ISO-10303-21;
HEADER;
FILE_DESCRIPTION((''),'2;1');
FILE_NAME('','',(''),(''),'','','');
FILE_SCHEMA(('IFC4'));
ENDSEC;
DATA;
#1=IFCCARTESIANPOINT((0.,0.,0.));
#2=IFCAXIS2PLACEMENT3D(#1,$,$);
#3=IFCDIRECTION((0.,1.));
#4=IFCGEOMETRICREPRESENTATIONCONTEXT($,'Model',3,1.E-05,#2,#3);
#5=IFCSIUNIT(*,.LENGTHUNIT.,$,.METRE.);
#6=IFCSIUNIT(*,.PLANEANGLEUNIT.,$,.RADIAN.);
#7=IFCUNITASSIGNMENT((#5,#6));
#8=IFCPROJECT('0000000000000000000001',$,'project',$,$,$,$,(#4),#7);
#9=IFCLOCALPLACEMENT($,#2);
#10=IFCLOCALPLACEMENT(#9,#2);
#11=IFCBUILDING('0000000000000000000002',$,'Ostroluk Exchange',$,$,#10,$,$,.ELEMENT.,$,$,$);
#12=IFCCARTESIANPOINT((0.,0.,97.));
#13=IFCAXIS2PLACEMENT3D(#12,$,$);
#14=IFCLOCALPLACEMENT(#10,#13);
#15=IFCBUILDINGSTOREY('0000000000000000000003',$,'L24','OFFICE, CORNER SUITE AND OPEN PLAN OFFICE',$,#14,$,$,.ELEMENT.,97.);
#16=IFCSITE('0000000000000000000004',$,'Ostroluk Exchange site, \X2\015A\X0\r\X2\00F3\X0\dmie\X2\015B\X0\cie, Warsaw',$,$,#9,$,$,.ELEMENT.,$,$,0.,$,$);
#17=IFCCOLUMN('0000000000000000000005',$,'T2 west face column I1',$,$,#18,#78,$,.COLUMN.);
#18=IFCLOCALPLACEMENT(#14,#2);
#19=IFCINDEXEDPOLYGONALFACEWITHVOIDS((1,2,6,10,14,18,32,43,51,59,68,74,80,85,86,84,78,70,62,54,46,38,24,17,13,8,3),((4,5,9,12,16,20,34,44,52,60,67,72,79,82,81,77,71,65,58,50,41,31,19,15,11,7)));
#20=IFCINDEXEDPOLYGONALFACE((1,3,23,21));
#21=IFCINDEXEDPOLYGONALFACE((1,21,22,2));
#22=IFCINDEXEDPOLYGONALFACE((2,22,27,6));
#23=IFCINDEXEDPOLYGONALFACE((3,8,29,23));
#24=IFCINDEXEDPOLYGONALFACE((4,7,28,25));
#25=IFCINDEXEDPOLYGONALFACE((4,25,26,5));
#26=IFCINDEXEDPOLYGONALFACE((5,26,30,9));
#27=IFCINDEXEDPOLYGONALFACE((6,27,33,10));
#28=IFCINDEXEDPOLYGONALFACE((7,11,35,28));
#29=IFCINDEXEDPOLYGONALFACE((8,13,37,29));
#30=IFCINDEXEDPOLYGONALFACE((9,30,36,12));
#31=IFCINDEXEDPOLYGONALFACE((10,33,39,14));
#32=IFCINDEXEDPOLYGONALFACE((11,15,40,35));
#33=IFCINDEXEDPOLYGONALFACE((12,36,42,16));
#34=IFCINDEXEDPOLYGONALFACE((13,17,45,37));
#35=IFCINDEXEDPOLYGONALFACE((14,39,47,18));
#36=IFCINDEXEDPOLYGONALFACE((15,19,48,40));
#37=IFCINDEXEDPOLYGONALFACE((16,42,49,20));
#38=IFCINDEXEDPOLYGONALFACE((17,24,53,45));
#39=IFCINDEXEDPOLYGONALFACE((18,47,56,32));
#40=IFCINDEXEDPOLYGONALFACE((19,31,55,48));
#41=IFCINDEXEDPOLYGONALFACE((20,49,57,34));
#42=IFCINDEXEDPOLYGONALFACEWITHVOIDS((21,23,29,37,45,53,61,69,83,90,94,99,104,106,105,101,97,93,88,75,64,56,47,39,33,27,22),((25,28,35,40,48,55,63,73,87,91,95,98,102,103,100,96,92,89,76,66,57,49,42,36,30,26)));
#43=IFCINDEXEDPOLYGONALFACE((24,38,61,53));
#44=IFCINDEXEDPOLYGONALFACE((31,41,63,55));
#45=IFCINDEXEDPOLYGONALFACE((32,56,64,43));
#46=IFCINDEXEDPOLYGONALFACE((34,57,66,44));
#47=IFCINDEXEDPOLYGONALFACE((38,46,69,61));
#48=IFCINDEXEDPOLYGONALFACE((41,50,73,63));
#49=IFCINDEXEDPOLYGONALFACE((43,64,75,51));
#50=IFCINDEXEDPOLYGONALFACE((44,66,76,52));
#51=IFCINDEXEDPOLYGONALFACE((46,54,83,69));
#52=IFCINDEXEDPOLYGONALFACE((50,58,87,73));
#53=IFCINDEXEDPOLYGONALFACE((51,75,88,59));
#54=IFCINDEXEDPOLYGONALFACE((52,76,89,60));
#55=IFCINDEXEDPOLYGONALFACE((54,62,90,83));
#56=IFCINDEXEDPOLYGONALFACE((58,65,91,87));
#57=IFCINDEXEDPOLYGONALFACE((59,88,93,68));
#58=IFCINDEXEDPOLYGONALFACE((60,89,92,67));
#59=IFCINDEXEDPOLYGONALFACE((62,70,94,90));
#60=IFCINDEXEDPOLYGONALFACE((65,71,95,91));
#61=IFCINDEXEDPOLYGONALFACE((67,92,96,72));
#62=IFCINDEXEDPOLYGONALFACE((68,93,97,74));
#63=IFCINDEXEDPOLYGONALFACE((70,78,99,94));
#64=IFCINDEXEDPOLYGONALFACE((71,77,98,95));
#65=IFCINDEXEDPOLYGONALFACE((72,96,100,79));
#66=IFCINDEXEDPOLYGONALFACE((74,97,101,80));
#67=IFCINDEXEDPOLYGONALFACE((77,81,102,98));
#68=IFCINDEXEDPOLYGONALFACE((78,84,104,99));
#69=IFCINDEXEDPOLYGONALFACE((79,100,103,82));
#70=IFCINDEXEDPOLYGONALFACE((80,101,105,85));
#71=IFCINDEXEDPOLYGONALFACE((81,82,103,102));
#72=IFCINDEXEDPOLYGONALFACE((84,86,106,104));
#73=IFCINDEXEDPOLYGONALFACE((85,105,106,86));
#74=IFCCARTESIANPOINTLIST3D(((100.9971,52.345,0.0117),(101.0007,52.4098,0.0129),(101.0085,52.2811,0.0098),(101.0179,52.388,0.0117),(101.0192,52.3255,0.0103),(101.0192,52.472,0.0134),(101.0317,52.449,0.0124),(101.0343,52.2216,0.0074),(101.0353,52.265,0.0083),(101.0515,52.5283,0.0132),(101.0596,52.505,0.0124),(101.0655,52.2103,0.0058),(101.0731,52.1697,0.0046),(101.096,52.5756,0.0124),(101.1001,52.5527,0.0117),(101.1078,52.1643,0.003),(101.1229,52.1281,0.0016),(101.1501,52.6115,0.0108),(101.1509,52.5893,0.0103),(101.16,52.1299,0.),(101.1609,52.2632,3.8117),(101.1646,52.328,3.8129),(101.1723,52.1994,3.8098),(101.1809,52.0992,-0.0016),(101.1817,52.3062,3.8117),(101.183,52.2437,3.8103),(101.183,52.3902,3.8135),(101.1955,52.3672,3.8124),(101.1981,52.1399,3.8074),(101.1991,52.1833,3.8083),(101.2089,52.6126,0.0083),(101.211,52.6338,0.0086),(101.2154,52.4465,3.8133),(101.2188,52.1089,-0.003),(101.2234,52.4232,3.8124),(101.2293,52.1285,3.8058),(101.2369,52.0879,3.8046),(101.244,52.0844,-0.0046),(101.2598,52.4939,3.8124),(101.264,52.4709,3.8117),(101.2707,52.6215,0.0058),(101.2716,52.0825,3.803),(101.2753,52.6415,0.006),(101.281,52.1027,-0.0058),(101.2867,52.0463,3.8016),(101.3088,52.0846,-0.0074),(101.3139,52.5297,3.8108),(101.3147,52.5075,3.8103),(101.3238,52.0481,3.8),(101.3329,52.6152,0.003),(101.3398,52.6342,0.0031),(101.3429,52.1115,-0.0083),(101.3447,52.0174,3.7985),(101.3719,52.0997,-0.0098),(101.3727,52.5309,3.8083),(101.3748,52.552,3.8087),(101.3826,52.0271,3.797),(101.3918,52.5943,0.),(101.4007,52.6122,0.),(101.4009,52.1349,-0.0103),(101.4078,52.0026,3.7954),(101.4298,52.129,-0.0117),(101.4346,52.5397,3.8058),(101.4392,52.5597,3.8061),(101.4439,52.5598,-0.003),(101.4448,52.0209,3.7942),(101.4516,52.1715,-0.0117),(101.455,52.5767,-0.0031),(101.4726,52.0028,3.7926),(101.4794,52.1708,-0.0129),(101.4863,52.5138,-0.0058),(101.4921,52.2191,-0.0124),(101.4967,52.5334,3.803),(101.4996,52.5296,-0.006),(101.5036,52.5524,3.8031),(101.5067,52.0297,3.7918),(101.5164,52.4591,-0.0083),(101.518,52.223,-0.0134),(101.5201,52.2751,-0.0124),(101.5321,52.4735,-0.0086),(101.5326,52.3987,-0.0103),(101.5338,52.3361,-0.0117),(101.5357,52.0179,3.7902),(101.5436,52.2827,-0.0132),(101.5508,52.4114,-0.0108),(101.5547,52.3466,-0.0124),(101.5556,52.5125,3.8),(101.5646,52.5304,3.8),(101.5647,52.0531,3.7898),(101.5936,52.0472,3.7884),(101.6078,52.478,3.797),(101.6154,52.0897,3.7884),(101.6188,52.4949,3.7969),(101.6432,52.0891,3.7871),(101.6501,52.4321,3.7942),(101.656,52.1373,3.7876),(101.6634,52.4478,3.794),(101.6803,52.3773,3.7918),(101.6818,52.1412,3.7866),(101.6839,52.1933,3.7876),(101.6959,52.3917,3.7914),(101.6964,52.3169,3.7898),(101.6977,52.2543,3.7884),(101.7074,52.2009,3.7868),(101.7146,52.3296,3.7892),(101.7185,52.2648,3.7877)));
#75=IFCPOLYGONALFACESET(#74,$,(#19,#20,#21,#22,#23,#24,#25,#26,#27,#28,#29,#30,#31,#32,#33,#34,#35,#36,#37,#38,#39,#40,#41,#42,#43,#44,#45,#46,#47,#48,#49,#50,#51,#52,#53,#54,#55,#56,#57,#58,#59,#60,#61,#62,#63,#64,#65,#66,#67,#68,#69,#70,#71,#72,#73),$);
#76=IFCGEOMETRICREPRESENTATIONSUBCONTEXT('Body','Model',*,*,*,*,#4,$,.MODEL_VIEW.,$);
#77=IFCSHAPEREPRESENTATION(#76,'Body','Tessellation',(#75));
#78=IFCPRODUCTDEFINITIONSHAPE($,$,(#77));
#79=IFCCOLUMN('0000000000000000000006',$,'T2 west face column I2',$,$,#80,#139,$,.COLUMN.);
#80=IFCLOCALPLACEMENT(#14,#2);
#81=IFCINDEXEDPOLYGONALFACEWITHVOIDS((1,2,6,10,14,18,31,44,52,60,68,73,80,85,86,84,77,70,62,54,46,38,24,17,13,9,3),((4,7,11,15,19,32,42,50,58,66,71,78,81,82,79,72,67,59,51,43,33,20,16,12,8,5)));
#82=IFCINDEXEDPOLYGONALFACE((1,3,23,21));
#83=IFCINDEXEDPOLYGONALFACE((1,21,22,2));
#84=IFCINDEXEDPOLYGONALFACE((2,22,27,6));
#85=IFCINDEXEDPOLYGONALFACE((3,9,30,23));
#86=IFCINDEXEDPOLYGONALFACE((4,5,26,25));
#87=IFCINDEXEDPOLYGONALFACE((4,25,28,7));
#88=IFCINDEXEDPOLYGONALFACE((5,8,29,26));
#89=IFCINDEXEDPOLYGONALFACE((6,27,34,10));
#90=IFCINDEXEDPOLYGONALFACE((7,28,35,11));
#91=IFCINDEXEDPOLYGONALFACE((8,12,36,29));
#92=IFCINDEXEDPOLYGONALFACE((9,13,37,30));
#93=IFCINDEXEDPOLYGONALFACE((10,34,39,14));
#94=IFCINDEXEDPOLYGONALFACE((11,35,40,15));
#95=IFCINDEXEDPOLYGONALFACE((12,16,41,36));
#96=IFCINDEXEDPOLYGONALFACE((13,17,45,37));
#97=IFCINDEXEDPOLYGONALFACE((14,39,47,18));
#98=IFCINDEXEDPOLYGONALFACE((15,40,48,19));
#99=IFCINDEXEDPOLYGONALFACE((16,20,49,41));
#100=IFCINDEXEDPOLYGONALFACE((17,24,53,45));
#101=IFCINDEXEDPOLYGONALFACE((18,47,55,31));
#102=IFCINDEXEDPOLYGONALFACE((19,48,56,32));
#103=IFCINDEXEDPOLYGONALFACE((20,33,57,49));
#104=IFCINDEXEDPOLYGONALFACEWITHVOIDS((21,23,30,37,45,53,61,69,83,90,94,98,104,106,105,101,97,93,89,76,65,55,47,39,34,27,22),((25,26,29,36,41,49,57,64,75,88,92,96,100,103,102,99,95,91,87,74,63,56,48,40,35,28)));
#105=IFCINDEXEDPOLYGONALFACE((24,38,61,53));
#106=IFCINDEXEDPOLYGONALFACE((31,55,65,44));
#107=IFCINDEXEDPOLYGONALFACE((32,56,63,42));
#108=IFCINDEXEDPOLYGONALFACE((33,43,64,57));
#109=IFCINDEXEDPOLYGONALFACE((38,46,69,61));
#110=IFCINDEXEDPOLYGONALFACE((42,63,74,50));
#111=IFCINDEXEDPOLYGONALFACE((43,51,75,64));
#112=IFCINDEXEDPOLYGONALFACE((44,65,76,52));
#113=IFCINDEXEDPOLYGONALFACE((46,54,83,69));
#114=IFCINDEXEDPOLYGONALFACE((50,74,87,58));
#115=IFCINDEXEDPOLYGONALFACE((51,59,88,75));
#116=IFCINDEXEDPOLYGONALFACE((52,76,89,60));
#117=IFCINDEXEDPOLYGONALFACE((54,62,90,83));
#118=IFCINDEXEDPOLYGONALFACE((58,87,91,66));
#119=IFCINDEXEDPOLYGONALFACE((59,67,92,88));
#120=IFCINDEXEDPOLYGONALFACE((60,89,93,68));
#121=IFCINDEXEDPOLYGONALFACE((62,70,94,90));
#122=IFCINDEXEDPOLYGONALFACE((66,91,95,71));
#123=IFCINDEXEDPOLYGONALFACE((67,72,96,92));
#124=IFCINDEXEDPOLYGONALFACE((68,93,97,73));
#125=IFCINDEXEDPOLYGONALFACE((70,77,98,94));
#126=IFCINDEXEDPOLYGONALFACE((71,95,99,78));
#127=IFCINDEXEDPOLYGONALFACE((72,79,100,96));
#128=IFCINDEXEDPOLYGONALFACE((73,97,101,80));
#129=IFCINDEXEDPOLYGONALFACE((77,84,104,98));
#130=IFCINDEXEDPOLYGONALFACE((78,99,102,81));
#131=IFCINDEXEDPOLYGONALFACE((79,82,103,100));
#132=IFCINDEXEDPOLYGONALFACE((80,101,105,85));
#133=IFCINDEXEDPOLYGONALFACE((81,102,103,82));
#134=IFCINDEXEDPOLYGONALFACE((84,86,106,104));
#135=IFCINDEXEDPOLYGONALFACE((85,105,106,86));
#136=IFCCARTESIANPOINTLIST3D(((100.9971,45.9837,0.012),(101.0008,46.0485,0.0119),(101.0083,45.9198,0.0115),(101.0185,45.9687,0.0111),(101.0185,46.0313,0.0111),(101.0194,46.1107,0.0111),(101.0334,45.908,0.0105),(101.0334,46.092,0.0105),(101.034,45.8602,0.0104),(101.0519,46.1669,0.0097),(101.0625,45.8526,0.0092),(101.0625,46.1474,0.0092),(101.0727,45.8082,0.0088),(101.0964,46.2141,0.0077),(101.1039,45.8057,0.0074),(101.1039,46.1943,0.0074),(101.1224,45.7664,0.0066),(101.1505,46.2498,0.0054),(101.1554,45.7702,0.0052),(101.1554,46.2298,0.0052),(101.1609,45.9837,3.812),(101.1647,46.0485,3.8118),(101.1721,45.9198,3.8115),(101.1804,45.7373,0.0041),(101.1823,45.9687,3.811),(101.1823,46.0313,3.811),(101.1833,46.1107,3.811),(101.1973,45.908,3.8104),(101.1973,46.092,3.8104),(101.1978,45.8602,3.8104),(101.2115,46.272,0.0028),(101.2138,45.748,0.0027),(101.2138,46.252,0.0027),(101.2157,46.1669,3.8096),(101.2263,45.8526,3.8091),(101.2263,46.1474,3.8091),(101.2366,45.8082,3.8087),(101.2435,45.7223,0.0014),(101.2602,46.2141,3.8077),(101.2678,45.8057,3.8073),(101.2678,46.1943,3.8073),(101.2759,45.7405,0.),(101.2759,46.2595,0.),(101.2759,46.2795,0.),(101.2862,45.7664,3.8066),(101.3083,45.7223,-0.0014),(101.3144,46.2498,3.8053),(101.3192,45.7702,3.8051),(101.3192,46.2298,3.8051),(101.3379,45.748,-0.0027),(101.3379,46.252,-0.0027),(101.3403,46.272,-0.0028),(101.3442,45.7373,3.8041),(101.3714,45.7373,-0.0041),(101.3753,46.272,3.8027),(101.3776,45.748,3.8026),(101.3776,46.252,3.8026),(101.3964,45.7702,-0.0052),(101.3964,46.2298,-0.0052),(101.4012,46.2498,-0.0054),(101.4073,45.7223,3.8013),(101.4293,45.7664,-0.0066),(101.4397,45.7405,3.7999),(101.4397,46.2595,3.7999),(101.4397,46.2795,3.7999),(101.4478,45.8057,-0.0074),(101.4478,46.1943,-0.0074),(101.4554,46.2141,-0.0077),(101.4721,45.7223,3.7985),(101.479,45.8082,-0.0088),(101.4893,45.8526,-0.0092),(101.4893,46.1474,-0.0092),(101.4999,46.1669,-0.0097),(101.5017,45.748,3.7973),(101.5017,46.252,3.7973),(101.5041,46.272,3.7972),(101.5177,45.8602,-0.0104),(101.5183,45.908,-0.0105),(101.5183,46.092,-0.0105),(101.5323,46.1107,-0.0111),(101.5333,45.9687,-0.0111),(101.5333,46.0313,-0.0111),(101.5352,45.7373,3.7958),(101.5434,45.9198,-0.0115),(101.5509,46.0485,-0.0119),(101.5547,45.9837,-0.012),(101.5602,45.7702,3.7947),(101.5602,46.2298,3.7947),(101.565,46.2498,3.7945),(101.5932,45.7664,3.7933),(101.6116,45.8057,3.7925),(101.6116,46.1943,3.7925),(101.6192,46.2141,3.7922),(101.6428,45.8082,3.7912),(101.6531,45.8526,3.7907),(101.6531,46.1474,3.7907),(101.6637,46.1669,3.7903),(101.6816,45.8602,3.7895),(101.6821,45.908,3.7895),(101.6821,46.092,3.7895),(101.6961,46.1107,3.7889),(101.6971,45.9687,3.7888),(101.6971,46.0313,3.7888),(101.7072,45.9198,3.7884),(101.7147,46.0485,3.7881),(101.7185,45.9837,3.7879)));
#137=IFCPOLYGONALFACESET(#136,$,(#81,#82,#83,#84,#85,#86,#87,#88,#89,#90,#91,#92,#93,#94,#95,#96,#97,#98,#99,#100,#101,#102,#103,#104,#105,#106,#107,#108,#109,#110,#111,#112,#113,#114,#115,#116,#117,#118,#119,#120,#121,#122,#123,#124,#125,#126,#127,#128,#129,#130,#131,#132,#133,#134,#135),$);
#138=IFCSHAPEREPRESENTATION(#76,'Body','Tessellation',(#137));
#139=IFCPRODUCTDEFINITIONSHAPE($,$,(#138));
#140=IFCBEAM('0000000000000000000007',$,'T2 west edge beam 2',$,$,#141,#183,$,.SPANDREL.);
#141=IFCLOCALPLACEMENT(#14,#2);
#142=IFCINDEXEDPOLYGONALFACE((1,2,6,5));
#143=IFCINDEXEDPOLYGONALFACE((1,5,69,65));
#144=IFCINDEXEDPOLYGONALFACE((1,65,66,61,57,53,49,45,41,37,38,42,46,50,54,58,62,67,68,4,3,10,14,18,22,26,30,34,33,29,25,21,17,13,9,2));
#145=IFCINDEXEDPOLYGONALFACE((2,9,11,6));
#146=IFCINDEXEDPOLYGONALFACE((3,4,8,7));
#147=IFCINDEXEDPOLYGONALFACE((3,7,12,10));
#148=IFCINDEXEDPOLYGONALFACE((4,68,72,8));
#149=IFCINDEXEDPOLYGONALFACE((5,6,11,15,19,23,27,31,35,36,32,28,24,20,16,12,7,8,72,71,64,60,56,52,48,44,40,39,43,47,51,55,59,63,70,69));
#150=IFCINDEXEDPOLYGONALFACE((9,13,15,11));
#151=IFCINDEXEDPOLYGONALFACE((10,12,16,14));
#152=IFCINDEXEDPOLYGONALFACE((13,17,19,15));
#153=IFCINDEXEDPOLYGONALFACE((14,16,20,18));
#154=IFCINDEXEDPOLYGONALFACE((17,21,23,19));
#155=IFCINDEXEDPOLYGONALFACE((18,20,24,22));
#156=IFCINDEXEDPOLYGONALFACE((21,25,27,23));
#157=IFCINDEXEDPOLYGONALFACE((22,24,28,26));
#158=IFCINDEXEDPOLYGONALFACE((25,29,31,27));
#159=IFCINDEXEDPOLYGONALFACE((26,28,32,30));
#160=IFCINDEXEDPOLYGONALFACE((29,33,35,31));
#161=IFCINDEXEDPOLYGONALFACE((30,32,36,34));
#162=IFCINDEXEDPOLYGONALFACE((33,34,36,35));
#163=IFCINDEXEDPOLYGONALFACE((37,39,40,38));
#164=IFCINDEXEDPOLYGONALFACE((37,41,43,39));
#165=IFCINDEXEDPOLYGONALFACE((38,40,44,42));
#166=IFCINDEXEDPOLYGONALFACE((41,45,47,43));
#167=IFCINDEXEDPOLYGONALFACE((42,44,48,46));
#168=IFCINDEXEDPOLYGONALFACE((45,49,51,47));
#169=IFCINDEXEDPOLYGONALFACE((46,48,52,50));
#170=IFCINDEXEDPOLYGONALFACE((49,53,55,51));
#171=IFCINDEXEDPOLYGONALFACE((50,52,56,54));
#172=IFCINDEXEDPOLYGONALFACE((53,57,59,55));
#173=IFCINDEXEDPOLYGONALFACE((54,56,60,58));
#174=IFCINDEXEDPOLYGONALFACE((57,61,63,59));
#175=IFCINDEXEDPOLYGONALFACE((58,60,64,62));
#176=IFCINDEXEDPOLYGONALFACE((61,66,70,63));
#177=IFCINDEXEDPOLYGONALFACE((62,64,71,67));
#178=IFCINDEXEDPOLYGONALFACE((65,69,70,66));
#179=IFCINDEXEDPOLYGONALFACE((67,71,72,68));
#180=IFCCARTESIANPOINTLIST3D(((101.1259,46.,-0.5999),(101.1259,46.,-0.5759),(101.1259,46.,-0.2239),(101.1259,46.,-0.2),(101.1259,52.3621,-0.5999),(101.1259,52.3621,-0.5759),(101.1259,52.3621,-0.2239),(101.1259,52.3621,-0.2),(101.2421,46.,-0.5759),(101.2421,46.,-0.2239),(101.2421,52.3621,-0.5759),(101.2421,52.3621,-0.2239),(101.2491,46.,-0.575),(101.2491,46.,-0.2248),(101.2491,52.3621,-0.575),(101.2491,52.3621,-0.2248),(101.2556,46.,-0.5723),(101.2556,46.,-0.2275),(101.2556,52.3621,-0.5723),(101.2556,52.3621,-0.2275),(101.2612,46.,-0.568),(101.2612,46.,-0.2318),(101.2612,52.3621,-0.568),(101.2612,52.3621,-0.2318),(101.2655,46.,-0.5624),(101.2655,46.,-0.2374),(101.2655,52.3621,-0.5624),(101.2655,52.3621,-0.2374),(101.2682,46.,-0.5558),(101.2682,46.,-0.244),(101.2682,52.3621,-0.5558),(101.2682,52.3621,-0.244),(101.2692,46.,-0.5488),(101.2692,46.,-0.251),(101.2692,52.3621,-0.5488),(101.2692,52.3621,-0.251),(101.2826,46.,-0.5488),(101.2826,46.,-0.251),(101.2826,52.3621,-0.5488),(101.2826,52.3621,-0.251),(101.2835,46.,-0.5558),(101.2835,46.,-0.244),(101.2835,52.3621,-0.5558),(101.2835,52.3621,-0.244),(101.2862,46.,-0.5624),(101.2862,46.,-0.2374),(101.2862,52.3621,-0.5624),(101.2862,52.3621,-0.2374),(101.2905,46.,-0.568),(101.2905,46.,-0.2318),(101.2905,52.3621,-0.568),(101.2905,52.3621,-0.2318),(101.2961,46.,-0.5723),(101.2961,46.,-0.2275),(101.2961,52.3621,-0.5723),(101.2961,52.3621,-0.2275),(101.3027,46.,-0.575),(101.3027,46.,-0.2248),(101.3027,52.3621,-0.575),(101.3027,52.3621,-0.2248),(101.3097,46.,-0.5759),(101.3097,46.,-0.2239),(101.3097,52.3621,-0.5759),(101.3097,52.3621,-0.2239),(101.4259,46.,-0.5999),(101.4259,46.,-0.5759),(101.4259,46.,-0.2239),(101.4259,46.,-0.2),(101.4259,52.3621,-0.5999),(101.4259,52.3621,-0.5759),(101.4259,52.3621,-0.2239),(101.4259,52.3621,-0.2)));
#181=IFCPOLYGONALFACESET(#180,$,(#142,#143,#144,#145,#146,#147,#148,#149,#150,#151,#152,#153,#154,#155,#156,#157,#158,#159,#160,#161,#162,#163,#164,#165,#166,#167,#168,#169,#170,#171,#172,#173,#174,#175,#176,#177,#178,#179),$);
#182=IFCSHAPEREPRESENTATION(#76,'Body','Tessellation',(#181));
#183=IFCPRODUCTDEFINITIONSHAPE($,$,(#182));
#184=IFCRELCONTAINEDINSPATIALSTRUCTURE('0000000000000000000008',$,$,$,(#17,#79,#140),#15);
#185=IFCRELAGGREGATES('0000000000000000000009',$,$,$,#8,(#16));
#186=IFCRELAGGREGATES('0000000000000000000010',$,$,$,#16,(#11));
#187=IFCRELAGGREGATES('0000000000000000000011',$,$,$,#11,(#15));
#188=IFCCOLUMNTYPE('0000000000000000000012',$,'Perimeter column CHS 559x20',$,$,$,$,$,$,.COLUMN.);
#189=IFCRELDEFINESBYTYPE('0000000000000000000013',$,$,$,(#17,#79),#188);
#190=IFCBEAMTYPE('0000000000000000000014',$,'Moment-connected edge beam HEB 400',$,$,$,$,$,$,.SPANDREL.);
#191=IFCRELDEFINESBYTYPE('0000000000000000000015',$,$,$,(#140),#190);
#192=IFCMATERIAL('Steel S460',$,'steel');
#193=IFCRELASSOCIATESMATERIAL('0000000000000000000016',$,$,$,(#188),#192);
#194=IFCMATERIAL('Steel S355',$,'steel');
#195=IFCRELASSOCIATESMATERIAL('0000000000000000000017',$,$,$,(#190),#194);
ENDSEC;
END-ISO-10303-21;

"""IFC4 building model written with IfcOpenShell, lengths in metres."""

from ifc_helpers import new_model, si_unit, direction, frame, origin, origin_2d, place, context, subcontext, project, spatial, hollow_circle, i_section, extrude, material, material_profile, profile_set, type_object, element, save


model = new_model("IFC4")

# Units and contexts
model_context = context("Model", 3, precision=1e-05, world=origin(), true_north=direction((0.0, 1.0)))
body_context = subcontext(model_context, "Body", "Model", "MODEL_VIEW")
ifc_project = project(units=[si_unit("LENGTHUNIT", "METRE"), si_unit("PLANEANGLEUNIT", "RADIAN")], contexts=[model_context])

# Site, building, storey
site_placement = place(None, origin())
site = spatial("IfcSite", under=ifc_project, at=site_placement, Name="Ostroluk Exchange site, Śródmieście, Warsaw", CompositionType="ELEMENT", RefElevation=0.0)
building_placement = place(site_placement, origin())
building = spatial("IfcBuilding", under=site, at=building_placement, Name="Ostroluk Exchange", CompositionType="ELEMENT")
storey_placement = place(building_placement, frame((0.0, 0.0, 97.0)))
storey = spatial("IfcBuildingStorey", under=building, at=storey_placement, Name="L24", Description="OFFICE, CORNER SUITE AND OPEN PLAN OFFICE", CompositionType="ELEMENT", Elevation=97.0)

# Columns
ifc_material_1 = material(Name="Steel S460", Category="steel")
ifc_material_profile_1 = material_profile(ifc_material_1, hollow_circle(Radius=0.2795, WallThickness=0.02, at=origin_2d()), Name="CHS 559x20")
ifc_profile_set_1 = profile_set([ifc_material_profile_1], Name="Steel S460")
column_type = type_object("IfcColumnType", Name="Perimeter column CHS 559x20", PredefinedType="COLUMN", material=ifc_profile_set_1)
column_1_placement = place(storey_placement, frame((101.2759, 52.3621, 0.0), z_axis=(0.04306, -0.021498, 0.998841), x_axis=(0.44668, 0.894694, 0.0)))
element("IfcColumn", 1, at=column_1_placement, inside=storey, type_object=column_type, Name="T2 west face column I1", PredefinedType="COLUMN", context=body_context, shape_type="SweptSolid", body=[
    extrude(hollow_circle(Radius=0.2795, WallThickness=0.02, at=origin_2d()), origin(), (0.0, 0.0, 1.0), 3.8044),
])
column_2_placement = place(storey_placement, frame((101.2759, 46.0, 0.0), z_axis=(0.04307, 0.0, 0.999072), x_axis=(0.0, 1.0, 0.0)))
element("IfcColumn", 2, at=column_2_placement, inside=storey, type_object=column_type, Name="T2 west face column I2", PredefinedType="COLUMN", context=body_context, shape_type="SweptSolid", body=[
    extrude(hollow_circle(Radius=0.2795, WallThickness=0.02, at=origin_2d()), origin(), (0.0, 0.0, 1.0), 3.8035),
])

# Beam
ifc_material_2 = material(Name="Steel S355", Category="steel")
ifc_material_profile_2 = material_profile(ifc_material_2, i_section(OverallWidth=0.3, OverallDepth=0.3999, WebThickness=0.0134, FlangeThickness=0.0239, FilletRadius=0.0271, at=origin_2d()), Name="HEB 400")
ifc_profile_set_2 = profile_set([ifc_material_profile_2], Name="Steel S355")
beam_type = type_object("IfcBeamType", Name="Moment-connected edge beam HEB 400", PredefinedType="SPANDREL", material=ifc_profile_set_2)
for number, where, z_axis, x_axis, name in (
    (3, (101.2759, 52.3621, -0.3999), (0.0, -1.0, 0.0), (1.0, 0.0, 0.0), "T2 west edge beam 2"),
):
    element("IfcBeam", number, at=place(storey_placement, frame(where, z_axis=z_axis, x_axis=x_axis)), inside=storey, type_object=beam_type, Name=name, PredefinedType="SPANDREL", context=body_context, shape_type="SweptSolid", body=[
        extrude(i_section(OverallWidth=0.3, OverallDepth=0.3999, WebThickness=0.0134, FlangeThickness=0.0239, FilletRadius=0.0271, at=origin_2d()), origin(), (0.0, 0.0, 1.0), 6.3621),
    ])

save(model, "model.ifc")
